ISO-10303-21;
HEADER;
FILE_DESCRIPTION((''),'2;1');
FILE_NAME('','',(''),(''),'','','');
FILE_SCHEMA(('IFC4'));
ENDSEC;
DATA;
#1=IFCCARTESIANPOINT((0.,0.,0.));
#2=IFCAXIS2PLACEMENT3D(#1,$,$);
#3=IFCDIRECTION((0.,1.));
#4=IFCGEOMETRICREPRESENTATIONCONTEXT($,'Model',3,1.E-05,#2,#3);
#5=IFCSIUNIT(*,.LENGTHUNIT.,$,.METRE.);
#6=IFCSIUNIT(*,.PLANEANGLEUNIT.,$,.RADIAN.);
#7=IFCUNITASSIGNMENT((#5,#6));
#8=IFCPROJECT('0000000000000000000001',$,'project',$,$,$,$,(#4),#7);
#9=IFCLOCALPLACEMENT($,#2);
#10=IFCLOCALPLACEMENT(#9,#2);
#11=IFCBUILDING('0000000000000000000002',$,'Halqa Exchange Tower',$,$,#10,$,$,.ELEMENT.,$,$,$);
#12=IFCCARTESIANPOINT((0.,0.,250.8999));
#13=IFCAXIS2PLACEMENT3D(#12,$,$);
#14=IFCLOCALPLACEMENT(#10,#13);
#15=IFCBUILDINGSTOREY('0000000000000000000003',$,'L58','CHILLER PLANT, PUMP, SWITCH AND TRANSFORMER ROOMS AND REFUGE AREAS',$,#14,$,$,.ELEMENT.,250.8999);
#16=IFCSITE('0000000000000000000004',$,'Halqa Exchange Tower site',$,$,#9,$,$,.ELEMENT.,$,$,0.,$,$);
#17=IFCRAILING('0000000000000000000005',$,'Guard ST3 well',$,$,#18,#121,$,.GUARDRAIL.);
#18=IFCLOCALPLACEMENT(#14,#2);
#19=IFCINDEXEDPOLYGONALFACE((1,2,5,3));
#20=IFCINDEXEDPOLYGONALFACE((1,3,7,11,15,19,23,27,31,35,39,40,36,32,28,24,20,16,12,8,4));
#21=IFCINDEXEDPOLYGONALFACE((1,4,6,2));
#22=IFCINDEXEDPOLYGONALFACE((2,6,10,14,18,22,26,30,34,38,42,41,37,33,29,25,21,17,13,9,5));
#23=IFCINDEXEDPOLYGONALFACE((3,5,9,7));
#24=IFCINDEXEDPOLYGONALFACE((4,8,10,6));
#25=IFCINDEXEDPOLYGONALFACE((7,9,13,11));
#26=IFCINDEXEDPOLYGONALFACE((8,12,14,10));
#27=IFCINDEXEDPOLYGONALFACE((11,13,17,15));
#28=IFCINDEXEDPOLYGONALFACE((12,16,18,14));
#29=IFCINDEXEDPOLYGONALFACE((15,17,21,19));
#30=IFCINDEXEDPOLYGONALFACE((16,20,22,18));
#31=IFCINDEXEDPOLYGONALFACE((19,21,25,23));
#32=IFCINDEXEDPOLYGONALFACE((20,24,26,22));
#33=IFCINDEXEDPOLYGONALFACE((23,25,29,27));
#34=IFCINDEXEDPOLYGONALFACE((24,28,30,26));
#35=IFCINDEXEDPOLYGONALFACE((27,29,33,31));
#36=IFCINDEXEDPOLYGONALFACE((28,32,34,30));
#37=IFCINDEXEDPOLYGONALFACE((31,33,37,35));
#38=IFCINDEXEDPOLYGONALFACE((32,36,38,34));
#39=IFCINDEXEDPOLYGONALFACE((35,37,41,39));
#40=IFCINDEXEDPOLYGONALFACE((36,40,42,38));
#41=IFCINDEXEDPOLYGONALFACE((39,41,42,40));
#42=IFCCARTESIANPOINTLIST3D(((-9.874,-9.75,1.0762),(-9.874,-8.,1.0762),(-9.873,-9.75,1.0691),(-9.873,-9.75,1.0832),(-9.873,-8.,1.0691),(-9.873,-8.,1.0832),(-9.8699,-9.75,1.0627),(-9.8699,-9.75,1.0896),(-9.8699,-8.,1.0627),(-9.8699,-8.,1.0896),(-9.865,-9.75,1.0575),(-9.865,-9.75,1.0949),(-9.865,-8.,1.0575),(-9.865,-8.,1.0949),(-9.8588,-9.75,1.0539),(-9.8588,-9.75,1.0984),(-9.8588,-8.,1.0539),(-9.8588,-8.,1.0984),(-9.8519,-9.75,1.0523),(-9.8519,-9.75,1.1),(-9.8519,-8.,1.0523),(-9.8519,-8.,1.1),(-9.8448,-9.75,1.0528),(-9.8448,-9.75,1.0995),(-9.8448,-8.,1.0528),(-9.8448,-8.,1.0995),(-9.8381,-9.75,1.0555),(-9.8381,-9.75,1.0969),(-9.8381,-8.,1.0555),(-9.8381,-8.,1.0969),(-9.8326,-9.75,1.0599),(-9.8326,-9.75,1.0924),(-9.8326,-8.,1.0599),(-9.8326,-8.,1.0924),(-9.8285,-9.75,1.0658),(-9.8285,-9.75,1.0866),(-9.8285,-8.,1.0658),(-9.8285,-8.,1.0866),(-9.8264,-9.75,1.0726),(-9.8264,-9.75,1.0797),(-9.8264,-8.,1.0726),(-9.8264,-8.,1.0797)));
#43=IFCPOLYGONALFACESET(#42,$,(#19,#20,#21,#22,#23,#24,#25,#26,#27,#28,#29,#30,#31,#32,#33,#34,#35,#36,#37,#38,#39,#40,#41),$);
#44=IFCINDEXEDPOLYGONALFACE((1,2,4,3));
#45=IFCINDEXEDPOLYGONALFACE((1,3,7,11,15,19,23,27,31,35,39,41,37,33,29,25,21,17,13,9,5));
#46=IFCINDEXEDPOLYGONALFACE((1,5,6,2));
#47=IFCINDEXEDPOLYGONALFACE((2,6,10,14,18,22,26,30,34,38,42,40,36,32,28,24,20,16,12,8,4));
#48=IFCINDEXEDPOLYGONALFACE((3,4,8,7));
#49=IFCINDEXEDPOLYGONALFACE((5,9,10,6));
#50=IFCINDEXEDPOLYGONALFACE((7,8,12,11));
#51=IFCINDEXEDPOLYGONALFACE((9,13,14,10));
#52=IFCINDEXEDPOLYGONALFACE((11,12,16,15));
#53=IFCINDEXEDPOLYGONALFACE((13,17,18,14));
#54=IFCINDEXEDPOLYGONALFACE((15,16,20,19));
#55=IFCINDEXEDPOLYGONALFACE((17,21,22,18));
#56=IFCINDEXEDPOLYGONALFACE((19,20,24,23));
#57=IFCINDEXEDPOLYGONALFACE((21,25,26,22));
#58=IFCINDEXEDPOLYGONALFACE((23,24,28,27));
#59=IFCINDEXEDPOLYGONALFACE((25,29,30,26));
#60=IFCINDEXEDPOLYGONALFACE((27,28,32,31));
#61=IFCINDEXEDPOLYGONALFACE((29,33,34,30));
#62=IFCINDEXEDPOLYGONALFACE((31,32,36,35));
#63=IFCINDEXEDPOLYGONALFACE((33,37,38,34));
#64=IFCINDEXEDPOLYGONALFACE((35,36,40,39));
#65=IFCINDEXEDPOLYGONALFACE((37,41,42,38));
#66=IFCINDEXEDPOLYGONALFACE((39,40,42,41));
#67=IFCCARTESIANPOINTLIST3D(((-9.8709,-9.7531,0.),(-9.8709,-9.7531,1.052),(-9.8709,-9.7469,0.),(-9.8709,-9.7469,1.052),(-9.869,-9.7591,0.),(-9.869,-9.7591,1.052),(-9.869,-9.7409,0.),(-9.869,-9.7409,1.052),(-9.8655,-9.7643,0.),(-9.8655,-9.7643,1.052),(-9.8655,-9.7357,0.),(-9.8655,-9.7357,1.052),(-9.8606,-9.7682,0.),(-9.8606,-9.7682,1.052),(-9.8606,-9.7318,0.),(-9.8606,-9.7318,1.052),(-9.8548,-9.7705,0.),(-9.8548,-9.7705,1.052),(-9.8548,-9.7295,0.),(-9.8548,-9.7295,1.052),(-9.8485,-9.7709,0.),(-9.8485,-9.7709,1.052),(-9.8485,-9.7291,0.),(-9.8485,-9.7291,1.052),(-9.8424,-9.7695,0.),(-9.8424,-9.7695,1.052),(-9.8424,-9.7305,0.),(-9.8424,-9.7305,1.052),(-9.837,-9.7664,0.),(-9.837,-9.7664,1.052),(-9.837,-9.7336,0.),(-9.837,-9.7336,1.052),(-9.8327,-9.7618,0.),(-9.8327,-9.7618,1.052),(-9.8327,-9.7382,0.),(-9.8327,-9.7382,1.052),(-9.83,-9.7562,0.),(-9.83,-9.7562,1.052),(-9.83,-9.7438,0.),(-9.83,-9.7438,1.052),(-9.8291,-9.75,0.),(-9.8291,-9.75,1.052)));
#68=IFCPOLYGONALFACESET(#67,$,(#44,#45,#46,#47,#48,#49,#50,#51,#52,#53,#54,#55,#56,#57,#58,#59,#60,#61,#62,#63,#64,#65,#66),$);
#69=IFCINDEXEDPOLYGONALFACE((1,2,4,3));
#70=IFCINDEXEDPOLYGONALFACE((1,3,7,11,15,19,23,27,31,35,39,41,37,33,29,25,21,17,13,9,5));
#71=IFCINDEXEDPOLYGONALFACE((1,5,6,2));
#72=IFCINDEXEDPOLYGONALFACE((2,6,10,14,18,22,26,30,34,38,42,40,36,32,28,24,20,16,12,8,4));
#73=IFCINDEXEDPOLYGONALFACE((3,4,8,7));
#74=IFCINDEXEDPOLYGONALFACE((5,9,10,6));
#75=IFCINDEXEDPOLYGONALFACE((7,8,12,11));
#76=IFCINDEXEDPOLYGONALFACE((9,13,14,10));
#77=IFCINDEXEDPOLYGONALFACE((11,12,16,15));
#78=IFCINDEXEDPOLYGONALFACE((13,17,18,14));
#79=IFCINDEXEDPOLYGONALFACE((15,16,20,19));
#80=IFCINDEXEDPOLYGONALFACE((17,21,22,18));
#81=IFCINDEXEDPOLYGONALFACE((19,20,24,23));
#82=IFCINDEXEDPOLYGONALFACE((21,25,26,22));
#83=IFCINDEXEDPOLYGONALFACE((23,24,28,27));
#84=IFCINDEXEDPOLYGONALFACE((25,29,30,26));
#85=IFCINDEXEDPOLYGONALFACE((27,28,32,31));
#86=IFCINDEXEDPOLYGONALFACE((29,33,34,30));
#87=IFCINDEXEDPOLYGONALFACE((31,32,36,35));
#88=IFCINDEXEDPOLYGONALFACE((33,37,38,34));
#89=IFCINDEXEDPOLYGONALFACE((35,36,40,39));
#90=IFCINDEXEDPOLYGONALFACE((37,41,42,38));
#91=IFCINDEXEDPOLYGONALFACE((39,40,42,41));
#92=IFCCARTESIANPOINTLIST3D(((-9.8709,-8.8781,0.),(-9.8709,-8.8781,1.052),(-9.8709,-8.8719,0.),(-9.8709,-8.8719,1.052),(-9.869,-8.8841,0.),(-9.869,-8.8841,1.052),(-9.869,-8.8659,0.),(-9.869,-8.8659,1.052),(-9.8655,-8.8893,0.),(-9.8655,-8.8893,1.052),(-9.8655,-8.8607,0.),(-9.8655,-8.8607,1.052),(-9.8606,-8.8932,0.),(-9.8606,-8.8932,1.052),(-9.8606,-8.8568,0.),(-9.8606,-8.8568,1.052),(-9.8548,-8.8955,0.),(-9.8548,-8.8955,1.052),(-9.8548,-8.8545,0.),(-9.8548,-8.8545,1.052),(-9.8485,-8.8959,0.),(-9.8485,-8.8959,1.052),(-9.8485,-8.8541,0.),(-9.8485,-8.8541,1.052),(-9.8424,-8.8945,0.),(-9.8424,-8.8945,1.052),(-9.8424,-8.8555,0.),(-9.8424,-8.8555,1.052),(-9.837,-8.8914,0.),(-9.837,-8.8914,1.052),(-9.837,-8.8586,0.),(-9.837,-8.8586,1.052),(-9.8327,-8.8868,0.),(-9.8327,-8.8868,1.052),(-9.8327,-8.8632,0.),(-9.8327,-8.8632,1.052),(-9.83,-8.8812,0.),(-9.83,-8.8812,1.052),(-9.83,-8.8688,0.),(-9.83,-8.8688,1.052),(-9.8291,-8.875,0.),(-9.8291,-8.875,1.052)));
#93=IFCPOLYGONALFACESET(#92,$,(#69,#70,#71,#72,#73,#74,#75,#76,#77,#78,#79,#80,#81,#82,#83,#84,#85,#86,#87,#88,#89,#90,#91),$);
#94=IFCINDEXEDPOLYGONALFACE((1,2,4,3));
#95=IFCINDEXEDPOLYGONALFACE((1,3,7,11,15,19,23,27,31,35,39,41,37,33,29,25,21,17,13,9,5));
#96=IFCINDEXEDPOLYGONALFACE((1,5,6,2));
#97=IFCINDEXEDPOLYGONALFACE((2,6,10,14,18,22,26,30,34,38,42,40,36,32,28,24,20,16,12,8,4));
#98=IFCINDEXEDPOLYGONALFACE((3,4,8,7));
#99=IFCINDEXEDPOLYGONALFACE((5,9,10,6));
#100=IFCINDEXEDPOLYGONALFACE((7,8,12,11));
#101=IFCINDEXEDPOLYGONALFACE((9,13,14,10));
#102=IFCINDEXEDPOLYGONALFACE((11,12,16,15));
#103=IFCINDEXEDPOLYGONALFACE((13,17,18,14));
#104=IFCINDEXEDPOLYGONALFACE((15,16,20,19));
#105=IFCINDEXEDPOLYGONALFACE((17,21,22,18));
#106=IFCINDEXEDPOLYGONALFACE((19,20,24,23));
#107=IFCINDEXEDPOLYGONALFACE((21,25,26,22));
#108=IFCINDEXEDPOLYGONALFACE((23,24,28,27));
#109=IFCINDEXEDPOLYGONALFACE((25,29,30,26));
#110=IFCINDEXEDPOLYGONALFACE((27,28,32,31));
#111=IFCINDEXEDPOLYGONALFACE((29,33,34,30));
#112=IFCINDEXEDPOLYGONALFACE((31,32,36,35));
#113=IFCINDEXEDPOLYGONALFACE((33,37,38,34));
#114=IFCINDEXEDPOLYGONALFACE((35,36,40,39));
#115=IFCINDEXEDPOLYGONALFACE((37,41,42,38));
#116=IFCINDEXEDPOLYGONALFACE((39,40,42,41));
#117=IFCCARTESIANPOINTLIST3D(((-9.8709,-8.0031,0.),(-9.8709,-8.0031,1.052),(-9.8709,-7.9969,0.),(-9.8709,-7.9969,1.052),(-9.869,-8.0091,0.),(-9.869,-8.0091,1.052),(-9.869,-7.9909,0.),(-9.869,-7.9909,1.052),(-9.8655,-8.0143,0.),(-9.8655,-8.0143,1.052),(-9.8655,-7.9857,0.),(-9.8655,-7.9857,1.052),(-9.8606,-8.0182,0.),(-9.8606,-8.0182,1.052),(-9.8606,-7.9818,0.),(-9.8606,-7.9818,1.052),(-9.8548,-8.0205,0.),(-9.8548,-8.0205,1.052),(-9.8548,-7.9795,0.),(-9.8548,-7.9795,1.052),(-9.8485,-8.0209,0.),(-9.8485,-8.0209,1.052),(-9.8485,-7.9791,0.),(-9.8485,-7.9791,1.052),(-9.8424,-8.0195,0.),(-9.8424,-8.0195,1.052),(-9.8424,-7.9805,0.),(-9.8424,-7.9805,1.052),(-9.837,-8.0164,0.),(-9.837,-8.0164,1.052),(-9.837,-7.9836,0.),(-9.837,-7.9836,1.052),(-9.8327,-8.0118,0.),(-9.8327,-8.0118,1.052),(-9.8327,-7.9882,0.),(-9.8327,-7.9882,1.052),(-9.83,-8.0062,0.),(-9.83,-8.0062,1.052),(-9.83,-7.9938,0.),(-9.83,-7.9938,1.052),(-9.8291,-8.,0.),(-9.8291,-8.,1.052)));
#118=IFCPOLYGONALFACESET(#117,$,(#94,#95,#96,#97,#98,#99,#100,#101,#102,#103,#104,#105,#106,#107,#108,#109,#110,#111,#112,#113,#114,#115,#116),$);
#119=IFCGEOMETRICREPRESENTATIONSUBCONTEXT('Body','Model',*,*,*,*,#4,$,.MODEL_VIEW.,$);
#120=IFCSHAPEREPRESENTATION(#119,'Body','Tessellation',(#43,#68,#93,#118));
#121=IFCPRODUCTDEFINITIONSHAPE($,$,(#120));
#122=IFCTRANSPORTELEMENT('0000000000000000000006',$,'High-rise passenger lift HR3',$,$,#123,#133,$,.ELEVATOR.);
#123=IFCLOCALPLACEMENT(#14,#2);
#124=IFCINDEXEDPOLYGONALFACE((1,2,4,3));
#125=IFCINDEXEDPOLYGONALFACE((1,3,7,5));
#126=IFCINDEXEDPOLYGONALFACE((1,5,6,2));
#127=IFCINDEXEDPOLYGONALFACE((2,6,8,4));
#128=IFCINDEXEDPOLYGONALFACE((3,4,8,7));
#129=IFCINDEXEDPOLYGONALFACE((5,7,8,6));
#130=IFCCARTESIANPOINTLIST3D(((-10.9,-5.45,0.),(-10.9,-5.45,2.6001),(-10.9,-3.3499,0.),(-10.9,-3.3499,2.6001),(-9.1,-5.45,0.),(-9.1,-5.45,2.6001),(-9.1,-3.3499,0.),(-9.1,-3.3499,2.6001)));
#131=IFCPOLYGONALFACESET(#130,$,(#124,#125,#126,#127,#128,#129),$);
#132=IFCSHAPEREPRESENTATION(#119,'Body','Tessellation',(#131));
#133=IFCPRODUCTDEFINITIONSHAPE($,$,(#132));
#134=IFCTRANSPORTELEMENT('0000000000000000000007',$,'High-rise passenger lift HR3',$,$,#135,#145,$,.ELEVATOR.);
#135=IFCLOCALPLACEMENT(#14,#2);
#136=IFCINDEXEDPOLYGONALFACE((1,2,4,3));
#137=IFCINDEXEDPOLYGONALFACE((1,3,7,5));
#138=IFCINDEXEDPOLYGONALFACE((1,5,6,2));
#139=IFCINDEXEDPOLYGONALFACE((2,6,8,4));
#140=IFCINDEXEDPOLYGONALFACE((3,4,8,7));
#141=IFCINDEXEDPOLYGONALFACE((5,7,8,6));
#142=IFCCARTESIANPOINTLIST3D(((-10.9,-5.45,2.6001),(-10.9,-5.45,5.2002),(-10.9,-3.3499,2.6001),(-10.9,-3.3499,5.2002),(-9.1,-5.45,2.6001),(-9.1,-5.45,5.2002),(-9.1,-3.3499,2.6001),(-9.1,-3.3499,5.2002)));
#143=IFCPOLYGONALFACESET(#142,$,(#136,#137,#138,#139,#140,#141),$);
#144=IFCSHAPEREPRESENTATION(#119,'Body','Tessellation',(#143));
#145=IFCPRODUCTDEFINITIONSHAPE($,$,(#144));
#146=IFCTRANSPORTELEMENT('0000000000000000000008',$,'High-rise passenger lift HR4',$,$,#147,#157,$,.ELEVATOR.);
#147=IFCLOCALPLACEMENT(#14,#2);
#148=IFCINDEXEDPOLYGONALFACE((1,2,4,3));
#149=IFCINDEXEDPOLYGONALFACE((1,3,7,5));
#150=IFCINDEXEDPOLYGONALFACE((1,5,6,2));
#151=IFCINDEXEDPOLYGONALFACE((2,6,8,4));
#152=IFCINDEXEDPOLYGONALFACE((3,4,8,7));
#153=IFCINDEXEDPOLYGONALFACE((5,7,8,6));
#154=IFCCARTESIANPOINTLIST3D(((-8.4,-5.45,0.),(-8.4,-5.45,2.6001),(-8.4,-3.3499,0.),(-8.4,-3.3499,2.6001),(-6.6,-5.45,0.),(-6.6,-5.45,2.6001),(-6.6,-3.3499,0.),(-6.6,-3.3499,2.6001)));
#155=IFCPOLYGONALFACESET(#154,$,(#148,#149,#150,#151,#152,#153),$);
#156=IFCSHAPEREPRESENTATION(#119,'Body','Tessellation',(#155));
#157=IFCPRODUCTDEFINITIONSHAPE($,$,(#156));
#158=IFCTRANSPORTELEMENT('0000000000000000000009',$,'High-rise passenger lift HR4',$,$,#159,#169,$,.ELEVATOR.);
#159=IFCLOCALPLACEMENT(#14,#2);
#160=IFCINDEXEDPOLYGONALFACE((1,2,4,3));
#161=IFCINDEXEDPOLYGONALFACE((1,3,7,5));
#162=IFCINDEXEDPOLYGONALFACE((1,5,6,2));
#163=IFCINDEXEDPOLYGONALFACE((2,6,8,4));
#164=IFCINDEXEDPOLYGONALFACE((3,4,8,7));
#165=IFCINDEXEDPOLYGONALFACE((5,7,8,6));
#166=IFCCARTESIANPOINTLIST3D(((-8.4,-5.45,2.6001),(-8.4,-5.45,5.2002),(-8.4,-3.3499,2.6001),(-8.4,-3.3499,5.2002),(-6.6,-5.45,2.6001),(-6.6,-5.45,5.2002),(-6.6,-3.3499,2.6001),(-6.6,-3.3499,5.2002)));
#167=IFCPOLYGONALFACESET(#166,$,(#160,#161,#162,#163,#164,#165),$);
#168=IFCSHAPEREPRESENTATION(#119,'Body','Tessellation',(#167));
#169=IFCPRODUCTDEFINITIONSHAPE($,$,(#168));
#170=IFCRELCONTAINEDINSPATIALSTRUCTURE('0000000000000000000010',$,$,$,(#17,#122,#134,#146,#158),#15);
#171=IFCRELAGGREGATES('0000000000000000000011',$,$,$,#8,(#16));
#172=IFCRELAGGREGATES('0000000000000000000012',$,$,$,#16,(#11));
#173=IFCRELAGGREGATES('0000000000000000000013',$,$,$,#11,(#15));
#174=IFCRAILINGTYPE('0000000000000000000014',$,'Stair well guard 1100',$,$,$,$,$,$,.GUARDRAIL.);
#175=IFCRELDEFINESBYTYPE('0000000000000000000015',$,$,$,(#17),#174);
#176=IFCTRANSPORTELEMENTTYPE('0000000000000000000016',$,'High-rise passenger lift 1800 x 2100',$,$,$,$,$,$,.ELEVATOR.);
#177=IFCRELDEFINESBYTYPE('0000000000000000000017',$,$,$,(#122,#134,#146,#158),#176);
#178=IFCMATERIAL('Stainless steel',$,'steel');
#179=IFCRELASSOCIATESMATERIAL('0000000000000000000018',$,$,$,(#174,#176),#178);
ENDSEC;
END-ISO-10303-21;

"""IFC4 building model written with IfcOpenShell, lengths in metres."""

from ifc_helpers import new_model, si_unit, direction, frame, origin, origin_2d, place, context, subcontext, project, spatial, rectangle, circle, extrude, material, type_object, element, save


model = new_model("IFC4")

# Units and contexts
model_context = context("Model", 3, precision=1e-05, world=origin(), true_north=direction((0.0, 1.0)))
body_context = subcontext(model_context, "Body", "Model", "MODEL_VIEW")
ifc_project = project(units=[si_unit("LENGTHUNIT", "METRE"), si_unit("PLANEANGLEUNIT", "RADIAN")], contexts=[model_context])

# Site, building, storey
site_placement = place(None, origin())
site = spatial("IfcSite", under=ifc_project, at=site_placement, Name="Halqa Exchange Tower site", CompositionType="ELEMENT", RefElevation=0.0)
building_placement = place(site_placement, origin())
building = spatial("IfcBuilding", under=site, at=building_placement, Name="Halqa Exchange Tower", CompositionType="ELEMENT")
storey_placement = place(building_placement, frame((0.0, 0.0, 250.8999)))
storey = spatial("IfcBuildingStorey", under=building, at=storey_placement, Name="L58", Description="CHILLER PLANT, PUMP, SWITCH AND TRANSFORMER ROOMS AND REFUGE AREAS", CompositionType="ELEMENT", Elevation=250.8999)

# Railing
ifc_material_1 = material(Name="Stainless steel", Category="steel")
railing_type_1 = type_object("IfcRailingType", Name="Stair well guard 1100", PredefinedType="GUARDRAIL", material=ifc_material_1)
railing_1_placement = place(storey_placement, frame((-9.8501, -9.75, 0.0)))
element("IfcRailing", 1, at=railing_1_placement, inside=storey, type_object=railing_type_1, Name="Guard ST3 well", PredefinedType="GUARDRAIL", context=body_context, shape_type="SweptSolid", body=[
    extrude(circle(Radius=0.0239, at=origin_2d()), frame((0.0, 0.0, 1.0762), z_axis=(0.0, 1.0, 0.0), x_axis=(-1.0, 0.0, 0.0)), (0.0, 0.0, 1.0), 1.75),
    extrude(circle(Radius=0.021, at=origin_2d()), origin(), (0.0, 0.0, 1.0), 1.052),
    extrude(circle(Radius=0.021, at=origin_2d()), frame((0.0, 0.875, 0.0)), (0.0, 0.0, 1.0), 1.052),
    extrude(circle(Radius=0.021, at=origin_2d()), frame((0.0, 1.75, 0.0)), (0.0, 0.0, 1.0), 1.052),
])

# Transport elements
transport_element_type = type_object("IfcTransportElementType", Name="High-rise passenger lift 1800 x 2100", PredefinedType="ELEVATOR", material=ifc_material_1)
for number, where, z_axis, x_axis, name in (
    (2, (-10.0, -4.3999, 0.0), (0.0, 0.0, 1.0), (1.0, 0.0, 0.0), "High-rise passenger lift HR3"),
    (3, (-10.0, -4.3999, 2.6001), (0.0, 0.0, 1.0), (1.0, 0.0, 0.0), "High-rise passenger lift HR3"),
    (4, (-7.5, -4.3999, 0.0), (0.0, 0.0, 1.0), (1.0, 0.0, 0.0), "High-rise passenger lift HR4"),
    (5, (-7.5, -4.3999, 2.6001), (0.0, 0.0, 1.0), (1.0, 0.0, 0.0), "High-rise passenger lift HR4"),
):
    element("IfcTransportElement", number, at=place(storey_placement, frame(where, z_axis=z_axis, x_axis=x_axis)), inside=storey, type_object=transport_element_type, Name=name, PredefinedType="ELEVATOR", context=body_context, shape_type="SweptSolid", body=[
        extrude(rectangle(XDim=1.8, YDim=2.1001, at=origin_2d()), origin(), (0.0, 0.0, 1.0), 2.6001),
    ])

save(model, "model.ifc")
